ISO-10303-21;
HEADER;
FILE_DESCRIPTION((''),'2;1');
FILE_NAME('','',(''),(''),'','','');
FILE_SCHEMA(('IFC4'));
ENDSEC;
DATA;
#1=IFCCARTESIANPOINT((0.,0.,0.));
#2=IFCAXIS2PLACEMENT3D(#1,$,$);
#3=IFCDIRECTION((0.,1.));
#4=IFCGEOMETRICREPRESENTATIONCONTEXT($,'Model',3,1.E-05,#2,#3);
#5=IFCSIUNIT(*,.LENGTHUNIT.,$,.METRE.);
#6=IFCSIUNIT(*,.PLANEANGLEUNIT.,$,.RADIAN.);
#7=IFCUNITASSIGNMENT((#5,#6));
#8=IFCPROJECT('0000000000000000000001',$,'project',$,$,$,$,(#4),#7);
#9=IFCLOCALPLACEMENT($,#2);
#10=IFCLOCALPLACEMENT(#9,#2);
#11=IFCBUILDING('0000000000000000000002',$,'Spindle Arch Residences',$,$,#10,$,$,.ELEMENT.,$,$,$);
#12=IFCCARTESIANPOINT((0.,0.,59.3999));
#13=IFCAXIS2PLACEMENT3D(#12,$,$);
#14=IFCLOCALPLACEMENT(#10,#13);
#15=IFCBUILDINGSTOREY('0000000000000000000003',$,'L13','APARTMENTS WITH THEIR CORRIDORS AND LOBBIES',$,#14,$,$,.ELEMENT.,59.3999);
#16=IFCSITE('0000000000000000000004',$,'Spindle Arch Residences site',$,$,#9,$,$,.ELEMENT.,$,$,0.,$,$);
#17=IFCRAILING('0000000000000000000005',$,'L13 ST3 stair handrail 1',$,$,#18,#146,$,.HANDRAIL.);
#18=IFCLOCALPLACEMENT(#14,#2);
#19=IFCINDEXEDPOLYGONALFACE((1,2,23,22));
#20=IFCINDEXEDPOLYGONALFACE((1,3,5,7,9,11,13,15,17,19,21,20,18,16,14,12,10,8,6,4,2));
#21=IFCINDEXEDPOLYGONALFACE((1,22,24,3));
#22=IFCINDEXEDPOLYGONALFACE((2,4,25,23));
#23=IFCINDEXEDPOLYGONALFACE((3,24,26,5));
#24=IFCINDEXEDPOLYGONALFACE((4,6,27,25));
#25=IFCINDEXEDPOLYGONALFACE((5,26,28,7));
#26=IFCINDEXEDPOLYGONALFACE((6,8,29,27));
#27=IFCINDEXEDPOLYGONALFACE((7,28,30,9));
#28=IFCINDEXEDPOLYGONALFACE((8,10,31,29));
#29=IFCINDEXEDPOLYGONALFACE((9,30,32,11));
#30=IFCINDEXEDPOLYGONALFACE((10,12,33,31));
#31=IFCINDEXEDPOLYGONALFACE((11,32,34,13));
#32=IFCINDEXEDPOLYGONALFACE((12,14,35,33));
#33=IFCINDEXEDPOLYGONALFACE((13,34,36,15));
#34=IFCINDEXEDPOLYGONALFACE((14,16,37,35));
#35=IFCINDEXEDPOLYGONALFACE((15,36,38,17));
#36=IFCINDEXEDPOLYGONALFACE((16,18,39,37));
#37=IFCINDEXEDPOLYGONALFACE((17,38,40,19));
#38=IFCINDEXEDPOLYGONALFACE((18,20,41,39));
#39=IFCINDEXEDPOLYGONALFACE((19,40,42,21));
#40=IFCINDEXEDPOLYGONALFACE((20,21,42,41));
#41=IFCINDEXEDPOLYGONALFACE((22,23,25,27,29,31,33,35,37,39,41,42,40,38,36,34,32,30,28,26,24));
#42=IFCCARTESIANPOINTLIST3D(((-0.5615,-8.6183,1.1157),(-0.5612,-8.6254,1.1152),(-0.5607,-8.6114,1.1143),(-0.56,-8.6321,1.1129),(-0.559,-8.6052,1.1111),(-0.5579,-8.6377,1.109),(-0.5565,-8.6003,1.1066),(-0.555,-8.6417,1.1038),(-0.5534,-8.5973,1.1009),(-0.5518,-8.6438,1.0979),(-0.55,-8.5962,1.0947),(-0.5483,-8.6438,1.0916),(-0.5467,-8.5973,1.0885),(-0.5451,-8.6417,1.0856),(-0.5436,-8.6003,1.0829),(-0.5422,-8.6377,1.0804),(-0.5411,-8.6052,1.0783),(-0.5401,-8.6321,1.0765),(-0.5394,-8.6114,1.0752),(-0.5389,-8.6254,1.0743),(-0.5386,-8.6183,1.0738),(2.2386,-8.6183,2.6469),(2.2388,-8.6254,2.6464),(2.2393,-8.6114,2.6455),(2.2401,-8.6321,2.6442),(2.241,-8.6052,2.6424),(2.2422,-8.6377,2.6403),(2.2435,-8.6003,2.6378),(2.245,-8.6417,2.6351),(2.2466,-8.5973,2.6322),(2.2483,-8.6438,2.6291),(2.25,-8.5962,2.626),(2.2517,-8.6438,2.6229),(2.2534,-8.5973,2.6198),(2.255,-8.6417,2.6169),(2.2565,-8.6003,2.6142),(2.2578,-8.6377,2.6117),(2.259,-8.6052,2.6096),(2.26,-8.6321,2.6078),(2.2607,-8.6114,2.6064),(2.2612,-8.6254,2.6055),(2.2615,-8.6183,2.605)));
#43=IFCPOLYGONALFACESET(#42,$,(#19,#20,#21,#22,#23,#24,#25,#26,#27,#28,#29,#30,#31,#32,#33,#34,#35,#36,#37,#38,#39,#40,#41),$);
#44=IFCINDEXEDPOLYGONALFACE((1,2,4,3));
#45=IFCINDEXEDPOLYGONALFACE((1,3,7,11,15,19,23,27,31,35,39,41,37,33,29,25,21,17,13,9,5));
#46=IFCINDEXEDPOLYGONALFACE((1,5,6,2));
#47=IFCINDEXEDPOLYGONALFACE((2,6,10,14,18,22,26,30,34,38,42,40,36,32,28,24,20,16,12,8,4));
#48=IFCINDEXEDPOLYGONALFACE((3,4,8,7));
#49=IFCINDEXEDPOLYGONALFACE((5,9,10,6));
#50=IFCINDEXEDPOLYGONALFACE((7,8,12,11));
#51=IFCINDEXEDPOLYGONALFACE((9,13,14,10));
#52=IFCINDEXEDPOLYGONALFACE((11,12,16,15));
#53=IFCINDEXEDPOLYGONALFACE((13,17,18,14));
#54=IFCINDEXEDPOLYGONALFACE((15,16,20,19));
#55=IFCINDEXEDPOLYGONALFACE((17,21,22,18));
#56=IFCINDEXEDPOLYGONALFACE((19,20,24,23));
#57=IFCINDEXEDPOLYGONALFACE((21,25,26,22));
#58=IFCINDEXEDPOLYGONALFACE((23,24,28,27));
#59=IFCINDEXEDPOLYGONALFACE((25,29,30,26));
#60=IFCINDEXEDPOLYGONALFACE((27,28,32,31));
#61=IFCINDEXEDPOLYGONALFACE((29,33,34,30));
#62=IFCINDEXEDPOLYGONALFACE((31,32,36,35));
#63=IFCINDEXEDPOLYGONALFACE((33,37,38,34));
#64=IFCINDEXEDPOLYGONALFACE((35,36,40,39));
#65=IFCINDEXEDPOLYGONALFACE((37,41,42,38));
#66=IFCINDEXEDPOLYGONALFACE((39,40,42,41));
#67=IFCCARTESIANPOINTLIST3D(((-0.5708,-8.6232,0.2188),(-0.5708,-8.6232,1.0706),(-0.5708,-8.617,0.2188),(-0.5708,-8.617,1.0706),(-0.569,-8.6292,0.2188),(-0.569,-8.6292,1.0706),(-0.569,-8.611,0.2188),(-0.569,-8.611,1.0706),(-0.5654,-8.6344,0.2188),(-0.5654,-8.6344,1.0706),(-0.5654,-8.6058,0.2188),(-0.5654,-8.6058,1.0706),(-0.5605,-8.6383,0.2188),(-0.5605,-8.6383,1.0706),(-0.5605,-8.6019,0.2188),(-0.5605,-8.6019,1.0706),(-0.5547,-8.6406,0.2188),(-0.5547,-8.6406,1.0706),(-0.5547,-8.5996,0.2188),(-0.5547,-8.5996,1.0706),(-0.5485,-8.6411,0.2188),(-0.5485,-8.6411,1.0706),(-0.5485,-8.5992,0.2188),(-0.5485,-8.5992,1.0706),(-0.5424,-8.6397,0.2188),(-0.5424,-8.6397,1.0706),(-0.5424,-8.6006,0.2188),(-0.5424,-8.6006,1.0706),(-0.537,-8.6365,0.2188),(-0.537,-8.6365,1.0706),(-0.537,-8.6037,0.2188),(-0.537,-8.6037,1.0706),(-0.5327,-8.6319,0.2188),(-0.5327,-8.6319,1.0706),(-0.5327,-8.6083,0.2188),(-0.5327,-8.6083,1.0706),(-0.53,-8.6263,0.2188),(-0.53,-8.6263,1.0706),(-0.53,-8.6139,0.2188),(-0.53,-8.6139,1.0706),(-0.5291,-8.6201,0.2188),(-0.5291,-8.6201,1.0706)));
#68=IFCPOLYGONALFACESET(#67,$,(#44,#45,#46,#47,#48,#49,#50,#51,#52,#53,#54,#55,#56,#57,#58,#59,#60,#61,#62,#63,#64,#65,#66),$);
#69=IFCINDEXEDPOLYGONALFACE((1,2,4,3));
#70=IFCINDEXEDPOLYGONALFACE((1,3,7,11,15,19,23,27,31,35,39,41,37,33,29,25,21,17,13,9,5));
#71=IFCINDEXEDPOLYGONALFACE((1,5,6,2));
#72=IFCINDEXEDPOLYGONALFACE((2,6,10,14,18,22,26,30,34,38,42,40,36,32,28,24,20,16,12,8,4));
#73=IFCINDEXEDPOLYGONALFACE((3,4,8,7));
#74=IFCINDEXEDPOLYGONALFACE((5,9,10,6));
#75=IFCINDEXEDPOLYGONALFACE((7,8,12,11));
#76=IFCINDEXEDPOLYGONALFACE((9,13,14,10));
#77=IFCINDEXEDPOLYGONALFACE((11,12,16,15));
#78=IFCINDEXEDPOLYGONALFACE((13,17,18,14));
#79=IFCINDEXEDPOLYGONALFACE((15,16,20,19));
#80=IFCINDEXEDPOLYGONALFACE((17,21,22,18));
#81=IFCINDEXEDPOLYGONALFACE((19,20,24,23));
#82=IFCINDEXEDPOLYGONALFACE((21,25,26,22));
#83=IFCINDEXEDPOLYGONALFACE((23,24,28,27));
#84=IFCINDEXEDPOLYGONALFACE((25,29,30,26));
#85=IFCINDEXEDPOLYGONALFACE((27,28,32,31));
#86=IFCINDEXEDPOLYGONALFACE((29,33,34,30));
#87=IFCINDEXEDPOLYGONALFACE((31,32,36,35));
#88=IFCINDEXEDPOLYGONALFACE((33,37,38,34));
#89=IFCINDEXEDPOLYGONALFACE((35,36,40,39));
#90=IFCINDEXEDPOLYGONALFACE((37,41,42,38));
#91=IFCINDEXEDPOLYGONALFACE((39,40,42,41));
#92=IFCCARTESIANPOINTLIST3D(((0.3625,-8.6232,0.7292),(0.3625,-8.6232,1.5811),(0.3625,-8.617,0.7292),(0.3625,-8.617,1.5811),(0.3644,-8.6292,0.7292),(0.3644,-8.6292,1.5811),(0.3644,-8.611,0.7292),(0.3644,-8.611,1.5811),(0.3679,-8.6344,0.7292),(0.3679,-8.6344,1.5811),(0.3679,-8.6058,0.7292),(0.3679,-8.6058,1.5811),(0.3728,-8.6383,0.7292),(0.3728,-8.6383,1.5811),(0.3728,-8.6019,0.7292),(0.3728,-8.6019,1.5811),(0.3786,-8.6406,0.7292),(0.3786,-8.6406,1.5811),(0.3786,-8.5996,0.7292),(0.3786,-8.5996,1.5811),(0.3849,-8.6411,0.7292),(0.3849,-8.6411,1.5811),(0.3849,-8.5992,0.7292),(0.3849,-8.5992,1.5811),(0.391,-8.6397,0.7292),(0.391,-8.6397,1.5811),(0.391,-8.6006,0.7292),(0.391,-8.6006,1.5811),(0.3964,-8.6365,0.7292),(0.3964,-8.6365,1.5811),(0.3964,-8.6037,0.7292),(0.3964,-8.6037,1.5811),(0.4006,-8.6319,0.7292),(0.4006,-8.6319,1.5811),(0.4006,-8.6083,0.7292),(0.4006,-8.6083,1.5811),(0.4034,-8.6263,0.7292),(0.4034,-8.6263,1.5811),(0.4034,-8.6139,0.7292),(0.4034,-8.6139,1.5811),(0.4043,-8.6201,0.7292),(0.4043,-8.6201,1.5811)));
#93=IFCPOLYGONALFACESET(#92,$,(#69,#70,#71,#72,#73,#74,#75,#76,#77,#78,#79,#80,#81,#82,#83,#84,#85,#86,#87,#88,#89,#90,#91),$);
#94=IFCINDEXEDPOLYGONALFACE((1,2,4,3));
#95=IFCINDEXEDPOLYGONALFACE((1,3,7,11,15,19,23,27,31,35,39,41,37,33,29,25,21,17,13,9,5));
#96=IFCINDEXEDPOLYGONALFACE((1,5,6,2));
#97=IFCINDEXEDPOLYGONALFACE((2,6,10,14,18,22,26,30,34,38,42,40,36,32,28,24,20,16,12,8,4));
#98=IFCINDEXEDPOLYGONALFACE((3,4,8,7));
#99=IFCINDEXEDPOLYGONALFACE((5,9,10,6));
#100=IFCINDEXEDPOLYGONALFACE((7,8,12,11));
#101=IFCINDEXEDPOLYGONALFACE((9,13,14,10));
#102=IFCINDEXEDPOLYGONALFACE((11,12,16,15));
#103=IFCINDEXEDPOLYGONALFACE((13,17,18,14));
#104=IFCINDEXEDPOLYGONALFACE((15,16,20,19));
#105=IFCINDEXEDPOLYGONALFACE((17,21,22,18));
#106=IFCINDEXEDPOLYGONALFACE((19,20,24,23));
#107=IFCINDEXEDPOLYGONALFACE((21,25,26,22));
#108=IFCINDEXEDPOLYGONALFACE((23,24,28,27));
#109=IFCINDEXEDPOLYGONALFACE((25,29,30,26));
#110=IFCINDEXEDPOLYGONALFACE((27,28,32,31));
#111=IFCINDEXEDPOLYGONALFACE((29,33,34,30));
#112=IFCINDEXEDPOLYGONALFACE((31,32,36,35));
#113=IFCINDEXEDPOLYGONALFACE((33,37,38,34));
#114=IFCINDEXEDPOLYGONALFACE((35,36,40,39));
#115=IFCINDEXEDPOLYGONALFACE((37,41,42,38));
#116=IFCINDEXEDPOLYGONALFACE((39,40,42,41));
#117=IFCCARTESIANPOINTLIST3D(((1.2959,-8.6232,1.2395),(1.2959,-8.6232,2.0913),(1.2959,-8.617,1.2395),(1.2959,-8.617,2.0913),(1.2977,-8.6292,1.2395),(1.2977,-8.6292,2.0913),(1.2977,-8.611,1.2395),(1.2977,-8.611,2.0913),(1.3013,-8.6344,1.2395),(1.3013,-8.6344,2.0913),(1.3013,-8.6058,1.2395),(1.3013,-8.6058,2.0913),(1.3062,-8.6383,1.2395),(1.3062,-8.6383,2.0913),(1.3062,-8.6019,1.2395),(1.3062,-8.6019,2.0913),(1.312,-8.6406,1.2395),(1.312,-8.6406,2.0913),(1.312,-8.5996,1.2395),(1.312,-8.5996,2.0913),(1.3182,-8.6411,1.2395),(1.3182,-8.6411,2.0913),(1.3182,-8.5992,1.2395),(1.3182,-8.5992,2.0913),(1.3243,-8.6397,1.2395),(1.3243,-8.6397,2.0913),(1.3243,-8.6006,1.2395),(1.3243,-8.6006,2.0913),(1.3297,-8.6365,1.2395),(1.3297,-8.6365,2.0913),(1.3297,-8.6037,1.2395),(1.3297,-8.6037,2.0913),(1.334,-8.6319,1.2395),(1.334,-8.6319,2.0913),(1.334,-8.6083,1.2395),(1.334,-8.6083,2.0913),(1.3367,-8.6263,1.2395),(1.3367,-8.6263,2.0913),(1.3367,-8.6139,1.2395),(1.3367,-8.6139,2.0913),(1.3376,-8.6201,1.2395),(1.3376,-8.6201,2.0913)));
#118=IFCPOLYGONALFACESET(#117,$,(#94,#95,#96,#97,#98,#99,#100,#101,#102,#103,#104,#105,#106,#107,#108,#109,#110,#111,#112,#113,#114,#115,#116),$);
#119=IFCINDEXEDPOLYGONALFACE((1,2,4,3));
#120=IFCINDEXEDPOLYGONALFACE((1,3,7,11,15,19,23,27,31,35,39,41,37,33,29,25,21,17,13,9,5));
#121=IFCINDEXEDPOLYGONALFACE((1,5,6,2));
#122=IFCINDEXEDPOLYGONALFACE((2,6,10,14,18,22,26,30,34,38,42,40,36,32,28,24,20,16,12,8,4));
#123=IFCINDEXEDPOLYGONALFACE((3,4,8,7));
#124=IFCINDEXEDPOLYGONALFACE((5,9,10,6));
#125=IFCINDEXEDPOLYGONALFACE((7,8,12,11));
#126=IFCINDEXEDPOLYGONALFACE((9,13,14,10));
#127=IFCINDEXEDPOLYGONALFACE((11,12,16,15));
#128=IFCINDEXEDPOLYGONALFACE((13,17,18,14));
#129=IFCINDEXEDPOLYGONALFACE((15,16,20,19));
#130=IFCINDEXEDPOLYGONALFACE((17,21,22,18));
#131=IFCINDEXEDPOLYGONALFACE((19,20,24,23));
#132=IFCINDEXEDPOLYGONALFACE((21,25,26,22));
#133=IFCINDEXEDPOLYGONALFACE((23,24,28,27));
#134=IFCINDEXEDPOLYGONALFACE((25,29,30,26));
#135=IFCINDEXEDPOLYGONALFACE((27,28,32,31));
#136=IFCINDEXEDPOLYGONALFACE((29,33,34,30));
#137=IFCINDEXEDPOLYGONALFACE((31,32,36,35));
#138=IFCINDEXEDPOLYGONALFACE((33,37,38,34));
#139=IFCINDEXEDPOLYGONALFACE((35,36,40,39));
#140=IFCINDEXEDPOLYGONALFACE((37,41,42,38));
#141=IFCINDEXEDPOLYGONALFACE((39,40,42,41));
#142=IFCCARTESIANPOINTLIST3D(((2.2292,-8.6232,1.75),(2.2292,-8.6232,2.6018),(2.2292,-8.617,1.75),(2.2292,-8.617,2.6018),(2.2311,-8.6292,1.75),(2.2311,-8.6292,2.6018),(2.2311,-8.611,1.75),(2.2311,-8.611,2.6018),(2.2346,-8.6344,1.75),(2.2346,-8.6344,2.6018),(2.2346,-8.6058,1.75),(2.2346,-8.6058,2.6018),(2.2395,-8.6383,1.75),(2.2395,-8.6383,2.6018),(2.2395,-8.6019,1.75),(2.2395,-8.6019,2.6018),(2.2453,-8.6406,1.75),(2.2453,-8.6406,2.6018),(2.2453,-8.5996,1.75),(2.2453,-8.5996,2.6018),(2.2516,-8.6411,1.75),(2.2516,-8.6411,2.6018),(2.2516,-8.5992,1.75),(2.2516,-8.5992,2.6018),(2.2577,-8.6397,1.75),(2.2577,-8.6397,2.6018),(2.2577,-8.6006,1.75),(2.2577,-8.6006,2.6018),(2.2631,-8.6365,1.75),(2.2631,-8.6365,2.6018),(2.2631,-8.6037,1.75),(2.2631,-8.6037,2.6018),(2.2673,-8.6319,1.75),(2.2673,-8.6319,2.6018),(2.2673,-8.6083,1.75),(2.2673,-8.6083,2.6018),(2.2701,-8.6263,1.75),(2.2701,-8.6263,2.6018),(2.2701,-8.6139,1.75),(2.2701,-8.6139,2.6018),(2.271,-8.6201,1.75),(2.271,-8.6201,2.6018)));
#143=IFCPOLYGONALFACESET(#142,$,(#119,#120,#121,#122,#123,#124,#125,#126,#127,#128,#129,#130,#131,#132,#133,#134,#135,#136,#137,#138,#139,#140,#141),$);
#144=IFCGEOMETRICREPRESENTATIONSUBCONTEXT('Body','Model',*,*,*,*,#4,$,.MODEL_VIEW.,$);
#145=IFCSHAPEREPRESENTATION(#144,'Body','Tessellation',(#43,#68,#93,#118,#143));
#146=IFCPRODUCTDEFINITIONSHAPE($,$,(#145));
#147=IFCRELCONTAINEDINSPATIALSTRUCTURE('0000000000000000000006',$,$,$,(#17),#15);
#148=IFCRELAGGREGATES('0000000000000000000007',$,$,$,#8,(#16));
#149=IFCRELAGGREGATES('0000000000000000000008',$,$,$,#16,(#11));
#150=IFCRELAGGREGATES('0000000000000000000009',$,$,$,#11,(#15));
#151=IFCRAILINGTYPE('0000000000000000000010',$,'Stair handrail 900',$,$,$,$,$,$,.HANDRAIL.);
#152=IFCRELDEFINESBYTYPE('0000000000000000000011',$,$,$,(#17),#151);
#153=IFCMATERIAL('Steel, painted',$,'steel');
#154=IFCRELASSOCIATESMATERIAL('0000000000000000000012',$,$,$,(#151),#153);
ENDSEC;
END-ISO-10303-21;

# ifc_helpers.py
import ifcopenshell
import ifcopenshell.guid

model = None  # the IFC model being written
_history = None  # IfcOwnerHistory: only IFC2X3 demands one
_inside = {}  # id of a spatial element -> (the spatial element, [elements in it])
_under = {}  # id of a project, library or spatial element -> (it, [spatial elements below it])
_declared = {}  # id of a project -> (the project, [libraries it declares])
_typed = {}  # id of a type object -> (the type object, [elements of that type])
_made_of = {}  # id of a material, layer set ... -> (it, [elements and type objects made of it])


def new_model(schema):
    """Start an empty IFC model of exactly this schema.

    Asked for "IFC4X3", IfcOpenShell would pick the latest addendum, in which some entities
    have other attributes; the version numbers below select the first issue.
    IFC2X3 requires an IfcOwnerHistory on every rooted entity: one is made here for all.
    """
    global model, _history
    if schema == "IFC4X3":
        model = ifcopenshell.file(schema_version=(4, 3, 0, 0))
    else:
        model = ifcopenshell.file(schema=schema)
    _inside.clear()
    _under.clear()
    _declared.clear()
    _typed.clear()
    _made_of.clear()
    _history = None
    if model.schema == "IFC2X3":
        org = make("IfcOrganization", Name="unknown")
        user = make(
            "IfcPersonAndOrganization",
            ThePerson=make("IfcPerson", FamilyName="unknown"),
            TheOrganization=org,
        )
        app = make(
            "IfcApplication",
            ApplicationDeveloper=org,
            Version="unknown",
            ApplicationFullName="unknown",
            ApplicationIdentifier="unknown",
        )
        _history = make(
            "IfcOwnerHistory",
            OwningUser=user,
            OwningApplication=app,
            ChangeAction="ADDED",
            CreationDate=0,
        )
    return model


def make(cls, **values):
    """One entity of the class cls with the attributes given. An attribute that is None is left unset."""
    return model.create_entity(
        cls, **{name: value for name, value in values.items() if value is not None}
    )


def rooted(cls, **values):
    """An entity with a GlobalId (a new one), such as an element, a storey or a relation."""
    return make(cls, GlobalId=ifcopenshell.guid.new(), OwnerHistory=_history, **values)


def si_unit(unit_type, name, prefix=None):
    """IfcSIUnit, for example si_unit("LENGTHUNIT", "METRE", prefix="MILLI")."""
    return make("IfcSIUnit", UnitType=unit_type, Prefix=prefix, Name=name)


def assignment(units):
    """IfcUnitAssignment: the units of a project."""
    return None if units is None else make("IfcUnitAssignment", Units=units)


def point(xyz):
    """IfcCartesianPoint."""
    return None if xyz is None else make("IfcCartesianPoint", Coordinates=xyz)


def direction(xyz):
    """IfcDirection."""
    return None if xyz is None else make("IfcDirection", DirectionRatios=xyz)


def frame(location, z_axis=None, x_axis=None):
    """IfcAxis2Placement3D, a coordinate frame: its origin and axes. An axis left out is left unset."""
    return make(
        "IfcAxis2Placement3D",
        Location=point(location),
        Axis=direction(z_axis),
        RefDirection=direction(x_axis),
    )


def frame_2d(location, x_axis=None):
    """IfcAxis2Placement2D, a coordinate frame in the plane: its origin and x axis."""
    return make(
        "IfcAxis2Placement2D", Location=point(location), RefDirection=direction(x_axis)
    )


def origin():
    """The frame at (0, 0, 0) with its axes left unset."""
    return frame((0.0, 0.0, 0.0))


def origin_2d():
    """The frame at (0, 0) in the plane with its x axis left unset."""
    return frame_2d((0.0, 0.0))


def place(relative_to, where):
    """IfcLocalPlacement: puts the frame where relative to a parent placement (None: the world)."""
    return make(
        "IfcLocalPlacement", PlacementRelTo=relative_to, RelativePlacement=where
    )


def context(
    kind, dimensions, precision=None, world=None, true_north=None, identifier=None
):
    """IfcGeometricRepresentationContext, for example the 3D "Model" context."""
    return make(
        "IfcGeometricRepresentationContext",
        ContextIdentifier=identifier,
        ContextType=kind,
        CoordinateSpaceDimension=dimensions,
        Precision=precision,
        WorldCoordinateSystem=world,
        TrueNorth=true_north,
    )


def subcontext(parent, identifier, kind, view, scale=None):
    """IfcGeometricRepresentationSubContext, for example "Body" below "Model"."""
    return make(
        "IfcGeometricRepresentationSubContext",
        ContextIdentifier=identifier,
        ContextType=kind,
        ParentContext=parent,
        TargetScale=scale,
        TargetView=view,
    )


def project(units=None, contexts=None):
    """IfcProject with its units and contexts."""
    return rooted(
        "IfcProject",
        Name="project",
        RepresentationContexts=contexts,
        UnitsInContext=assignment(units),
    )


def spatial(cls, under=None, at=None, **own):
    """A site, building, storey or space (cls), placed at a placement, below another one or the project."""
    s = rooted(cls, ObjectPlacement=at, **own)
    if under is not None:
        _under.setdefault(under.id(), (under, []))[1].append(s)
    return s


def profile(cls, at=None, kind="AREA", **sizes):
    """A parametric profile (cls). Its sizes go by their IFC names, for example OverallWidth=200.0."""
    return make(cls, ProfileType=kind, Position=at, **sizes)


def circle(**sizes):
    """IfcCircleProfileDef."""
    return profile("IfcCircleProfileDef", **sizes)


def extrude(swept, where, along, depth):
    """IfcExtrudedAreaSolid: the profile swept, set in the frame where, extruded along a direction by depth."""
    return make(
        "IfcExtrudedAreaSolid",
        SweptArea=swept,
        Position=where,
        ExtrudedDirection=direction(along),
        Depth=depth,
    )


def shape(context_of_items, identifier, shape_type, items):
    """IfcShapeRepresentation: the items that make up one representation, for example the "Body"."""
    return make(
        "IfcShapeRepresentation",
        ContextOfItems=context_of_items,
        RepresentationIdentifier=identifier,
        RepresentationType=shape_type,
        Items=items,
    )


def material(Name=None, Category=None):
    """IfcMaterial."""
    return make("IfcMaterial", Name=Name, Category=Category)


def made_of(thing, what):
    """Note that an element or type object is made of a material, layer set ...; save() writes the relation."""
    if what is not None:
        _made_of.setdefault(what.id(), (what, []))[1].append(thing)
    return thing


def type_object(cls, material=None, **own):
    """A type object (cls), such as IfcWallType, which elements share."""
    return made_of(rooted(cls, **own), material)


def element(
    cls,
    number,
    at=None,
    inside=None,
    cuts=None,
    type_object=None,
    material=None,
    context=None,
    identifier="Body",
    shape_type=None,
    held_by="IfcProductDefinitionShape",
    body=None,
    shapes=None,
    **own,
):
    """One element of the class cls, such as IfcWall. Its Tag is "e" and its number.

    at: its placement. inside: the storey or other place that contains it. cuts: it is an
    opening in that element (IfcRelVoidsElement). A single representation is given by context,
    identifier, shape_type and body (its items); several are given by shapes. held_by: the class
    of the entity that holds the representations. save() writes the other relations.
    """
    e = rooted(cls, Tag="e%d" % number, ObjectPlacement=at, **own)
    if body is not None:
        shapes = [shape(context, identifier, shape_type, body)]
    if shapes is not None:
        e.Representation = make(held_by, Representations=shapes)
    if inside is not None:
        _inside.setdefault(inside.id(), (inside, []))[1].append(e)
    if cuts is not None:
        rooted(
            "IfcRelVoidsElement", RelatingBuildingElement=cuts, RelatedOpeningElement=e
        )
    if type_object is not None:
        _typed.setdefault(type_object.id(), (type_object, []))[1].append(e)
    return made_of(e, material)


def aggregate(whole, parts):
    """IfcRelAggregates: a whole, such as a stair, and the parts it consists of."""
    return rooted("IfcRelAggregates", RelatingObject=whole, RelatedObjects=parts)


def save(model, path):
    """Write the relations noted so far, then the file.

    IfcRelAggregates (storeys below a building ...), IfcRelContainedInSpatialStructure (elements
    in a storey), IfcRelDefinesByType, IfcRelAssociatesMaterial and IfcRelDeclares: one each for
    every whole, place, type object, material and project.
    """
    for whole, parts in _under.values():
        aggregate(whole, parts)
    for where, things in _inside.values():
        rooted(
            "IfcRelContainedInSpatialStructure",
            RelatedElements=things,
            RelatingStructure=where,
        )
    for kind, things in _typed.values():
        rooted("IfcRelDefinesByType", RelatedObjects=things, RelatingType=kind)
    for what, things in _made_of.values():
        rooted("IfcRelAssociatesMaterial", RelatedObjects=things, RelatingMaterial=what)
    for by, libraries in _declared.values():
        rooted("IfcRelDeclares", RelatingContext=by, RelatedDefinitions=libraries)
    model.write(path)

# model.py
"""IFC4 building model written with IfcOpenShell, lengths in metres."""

from ifc_helpers import new_model, si_unit, direction, frame, origin, origin_2d, place, context, subcontext, project, spatial, circle, extrude, material, type_object, element, save


model = new_model("IFC4")

# Units and contexts
model_context = context("Model", 3, precision=1e-05, world=origin(), true_north=direction((0.0, 1.0)))
body_context = subcontext(model_context, "Body", "Model", "MODEL_VIEW")
ifc_project = project(units=[si_unit("LENGTHUNIT", "METRE"), si_unit("PLANEANGLEUNIT", "RADIAN")], contexts=[model_context])

# Site, building, storey
site_placement = place(None, origin())
site = spatial("IfcSite", under=ifc_project, at=site_placement, Name="Spindle Arch Residences site", CompositionType="ELEMENT", RefElevation=0.0)
building_placement = place(site_placement, origin())
building = spatial("IfcBuilding", under=site, at=building_placement, Name="Spindle Arch Residences", CompositionType="ELEMENT")
storey_placement = place(building_placement, frame((0.0, 0.0, 59.3999)))
storey = spatial("IfcBuildingStorey", under=building, at=storey_placement, Name="L13", Description="APARTMENTS WITH THEIR CORRIDORS AND LOBBIES", CompositionType="ELEMENT", Elevation=59.3999)

# Railing
ifc_material_1 = material(Name="Steel, painted", Category="steel")
railing_type_1 = type_object("IfcRailingType", Name="Stair handrail 900", PredefinedType="HANDRAIL", material=ifc_material_1)
railing_1_placement = place(storey_placement, frame((-0.55, -8.6201, 0.2188)))
element("IfcRailing", 1, at=railing_1_placement, inside=storey, type_object=railing_type_1, Name="L13 ST3 stair handrail 1", PredefinedType="HANDRAIL", context=body_context, shape_type="SweptSolid", body=[
    extrude(circle(Radius=0.0239, at=origin_2d()), frame((0.0, 0.0, 0.876), z_axis=(0.877375, 0.0, 0.479806), x_axis=(0.0, 1.0, 0.0)), (0.0, 0.0, 1.0), 3.1914),
    extrude(circle(Radius=0.021, at=origin_2d()), origin(), (0.0, 0.0, 1.0), 0.8518),
    extrude(circle(Radius=0.021, at=origin_2d()), frame((0.9333, 0.0, 0.5105)), (0.0, 0.0, 1.0), 0.8518),
    extrude(circle(Radius=0.021, at=origin_2d()), frame((1.8667, 0.0, 1.0208)), (0.0, 0.0, 1.0), 0.8518),
    extrude(circle(Radius=0.021, at=origin_2d()), frame((2.8, 0.0, 1.5312)), (0.0, 0.0, 1.0), 0.8518),
])

save(model, "model.ifc")
